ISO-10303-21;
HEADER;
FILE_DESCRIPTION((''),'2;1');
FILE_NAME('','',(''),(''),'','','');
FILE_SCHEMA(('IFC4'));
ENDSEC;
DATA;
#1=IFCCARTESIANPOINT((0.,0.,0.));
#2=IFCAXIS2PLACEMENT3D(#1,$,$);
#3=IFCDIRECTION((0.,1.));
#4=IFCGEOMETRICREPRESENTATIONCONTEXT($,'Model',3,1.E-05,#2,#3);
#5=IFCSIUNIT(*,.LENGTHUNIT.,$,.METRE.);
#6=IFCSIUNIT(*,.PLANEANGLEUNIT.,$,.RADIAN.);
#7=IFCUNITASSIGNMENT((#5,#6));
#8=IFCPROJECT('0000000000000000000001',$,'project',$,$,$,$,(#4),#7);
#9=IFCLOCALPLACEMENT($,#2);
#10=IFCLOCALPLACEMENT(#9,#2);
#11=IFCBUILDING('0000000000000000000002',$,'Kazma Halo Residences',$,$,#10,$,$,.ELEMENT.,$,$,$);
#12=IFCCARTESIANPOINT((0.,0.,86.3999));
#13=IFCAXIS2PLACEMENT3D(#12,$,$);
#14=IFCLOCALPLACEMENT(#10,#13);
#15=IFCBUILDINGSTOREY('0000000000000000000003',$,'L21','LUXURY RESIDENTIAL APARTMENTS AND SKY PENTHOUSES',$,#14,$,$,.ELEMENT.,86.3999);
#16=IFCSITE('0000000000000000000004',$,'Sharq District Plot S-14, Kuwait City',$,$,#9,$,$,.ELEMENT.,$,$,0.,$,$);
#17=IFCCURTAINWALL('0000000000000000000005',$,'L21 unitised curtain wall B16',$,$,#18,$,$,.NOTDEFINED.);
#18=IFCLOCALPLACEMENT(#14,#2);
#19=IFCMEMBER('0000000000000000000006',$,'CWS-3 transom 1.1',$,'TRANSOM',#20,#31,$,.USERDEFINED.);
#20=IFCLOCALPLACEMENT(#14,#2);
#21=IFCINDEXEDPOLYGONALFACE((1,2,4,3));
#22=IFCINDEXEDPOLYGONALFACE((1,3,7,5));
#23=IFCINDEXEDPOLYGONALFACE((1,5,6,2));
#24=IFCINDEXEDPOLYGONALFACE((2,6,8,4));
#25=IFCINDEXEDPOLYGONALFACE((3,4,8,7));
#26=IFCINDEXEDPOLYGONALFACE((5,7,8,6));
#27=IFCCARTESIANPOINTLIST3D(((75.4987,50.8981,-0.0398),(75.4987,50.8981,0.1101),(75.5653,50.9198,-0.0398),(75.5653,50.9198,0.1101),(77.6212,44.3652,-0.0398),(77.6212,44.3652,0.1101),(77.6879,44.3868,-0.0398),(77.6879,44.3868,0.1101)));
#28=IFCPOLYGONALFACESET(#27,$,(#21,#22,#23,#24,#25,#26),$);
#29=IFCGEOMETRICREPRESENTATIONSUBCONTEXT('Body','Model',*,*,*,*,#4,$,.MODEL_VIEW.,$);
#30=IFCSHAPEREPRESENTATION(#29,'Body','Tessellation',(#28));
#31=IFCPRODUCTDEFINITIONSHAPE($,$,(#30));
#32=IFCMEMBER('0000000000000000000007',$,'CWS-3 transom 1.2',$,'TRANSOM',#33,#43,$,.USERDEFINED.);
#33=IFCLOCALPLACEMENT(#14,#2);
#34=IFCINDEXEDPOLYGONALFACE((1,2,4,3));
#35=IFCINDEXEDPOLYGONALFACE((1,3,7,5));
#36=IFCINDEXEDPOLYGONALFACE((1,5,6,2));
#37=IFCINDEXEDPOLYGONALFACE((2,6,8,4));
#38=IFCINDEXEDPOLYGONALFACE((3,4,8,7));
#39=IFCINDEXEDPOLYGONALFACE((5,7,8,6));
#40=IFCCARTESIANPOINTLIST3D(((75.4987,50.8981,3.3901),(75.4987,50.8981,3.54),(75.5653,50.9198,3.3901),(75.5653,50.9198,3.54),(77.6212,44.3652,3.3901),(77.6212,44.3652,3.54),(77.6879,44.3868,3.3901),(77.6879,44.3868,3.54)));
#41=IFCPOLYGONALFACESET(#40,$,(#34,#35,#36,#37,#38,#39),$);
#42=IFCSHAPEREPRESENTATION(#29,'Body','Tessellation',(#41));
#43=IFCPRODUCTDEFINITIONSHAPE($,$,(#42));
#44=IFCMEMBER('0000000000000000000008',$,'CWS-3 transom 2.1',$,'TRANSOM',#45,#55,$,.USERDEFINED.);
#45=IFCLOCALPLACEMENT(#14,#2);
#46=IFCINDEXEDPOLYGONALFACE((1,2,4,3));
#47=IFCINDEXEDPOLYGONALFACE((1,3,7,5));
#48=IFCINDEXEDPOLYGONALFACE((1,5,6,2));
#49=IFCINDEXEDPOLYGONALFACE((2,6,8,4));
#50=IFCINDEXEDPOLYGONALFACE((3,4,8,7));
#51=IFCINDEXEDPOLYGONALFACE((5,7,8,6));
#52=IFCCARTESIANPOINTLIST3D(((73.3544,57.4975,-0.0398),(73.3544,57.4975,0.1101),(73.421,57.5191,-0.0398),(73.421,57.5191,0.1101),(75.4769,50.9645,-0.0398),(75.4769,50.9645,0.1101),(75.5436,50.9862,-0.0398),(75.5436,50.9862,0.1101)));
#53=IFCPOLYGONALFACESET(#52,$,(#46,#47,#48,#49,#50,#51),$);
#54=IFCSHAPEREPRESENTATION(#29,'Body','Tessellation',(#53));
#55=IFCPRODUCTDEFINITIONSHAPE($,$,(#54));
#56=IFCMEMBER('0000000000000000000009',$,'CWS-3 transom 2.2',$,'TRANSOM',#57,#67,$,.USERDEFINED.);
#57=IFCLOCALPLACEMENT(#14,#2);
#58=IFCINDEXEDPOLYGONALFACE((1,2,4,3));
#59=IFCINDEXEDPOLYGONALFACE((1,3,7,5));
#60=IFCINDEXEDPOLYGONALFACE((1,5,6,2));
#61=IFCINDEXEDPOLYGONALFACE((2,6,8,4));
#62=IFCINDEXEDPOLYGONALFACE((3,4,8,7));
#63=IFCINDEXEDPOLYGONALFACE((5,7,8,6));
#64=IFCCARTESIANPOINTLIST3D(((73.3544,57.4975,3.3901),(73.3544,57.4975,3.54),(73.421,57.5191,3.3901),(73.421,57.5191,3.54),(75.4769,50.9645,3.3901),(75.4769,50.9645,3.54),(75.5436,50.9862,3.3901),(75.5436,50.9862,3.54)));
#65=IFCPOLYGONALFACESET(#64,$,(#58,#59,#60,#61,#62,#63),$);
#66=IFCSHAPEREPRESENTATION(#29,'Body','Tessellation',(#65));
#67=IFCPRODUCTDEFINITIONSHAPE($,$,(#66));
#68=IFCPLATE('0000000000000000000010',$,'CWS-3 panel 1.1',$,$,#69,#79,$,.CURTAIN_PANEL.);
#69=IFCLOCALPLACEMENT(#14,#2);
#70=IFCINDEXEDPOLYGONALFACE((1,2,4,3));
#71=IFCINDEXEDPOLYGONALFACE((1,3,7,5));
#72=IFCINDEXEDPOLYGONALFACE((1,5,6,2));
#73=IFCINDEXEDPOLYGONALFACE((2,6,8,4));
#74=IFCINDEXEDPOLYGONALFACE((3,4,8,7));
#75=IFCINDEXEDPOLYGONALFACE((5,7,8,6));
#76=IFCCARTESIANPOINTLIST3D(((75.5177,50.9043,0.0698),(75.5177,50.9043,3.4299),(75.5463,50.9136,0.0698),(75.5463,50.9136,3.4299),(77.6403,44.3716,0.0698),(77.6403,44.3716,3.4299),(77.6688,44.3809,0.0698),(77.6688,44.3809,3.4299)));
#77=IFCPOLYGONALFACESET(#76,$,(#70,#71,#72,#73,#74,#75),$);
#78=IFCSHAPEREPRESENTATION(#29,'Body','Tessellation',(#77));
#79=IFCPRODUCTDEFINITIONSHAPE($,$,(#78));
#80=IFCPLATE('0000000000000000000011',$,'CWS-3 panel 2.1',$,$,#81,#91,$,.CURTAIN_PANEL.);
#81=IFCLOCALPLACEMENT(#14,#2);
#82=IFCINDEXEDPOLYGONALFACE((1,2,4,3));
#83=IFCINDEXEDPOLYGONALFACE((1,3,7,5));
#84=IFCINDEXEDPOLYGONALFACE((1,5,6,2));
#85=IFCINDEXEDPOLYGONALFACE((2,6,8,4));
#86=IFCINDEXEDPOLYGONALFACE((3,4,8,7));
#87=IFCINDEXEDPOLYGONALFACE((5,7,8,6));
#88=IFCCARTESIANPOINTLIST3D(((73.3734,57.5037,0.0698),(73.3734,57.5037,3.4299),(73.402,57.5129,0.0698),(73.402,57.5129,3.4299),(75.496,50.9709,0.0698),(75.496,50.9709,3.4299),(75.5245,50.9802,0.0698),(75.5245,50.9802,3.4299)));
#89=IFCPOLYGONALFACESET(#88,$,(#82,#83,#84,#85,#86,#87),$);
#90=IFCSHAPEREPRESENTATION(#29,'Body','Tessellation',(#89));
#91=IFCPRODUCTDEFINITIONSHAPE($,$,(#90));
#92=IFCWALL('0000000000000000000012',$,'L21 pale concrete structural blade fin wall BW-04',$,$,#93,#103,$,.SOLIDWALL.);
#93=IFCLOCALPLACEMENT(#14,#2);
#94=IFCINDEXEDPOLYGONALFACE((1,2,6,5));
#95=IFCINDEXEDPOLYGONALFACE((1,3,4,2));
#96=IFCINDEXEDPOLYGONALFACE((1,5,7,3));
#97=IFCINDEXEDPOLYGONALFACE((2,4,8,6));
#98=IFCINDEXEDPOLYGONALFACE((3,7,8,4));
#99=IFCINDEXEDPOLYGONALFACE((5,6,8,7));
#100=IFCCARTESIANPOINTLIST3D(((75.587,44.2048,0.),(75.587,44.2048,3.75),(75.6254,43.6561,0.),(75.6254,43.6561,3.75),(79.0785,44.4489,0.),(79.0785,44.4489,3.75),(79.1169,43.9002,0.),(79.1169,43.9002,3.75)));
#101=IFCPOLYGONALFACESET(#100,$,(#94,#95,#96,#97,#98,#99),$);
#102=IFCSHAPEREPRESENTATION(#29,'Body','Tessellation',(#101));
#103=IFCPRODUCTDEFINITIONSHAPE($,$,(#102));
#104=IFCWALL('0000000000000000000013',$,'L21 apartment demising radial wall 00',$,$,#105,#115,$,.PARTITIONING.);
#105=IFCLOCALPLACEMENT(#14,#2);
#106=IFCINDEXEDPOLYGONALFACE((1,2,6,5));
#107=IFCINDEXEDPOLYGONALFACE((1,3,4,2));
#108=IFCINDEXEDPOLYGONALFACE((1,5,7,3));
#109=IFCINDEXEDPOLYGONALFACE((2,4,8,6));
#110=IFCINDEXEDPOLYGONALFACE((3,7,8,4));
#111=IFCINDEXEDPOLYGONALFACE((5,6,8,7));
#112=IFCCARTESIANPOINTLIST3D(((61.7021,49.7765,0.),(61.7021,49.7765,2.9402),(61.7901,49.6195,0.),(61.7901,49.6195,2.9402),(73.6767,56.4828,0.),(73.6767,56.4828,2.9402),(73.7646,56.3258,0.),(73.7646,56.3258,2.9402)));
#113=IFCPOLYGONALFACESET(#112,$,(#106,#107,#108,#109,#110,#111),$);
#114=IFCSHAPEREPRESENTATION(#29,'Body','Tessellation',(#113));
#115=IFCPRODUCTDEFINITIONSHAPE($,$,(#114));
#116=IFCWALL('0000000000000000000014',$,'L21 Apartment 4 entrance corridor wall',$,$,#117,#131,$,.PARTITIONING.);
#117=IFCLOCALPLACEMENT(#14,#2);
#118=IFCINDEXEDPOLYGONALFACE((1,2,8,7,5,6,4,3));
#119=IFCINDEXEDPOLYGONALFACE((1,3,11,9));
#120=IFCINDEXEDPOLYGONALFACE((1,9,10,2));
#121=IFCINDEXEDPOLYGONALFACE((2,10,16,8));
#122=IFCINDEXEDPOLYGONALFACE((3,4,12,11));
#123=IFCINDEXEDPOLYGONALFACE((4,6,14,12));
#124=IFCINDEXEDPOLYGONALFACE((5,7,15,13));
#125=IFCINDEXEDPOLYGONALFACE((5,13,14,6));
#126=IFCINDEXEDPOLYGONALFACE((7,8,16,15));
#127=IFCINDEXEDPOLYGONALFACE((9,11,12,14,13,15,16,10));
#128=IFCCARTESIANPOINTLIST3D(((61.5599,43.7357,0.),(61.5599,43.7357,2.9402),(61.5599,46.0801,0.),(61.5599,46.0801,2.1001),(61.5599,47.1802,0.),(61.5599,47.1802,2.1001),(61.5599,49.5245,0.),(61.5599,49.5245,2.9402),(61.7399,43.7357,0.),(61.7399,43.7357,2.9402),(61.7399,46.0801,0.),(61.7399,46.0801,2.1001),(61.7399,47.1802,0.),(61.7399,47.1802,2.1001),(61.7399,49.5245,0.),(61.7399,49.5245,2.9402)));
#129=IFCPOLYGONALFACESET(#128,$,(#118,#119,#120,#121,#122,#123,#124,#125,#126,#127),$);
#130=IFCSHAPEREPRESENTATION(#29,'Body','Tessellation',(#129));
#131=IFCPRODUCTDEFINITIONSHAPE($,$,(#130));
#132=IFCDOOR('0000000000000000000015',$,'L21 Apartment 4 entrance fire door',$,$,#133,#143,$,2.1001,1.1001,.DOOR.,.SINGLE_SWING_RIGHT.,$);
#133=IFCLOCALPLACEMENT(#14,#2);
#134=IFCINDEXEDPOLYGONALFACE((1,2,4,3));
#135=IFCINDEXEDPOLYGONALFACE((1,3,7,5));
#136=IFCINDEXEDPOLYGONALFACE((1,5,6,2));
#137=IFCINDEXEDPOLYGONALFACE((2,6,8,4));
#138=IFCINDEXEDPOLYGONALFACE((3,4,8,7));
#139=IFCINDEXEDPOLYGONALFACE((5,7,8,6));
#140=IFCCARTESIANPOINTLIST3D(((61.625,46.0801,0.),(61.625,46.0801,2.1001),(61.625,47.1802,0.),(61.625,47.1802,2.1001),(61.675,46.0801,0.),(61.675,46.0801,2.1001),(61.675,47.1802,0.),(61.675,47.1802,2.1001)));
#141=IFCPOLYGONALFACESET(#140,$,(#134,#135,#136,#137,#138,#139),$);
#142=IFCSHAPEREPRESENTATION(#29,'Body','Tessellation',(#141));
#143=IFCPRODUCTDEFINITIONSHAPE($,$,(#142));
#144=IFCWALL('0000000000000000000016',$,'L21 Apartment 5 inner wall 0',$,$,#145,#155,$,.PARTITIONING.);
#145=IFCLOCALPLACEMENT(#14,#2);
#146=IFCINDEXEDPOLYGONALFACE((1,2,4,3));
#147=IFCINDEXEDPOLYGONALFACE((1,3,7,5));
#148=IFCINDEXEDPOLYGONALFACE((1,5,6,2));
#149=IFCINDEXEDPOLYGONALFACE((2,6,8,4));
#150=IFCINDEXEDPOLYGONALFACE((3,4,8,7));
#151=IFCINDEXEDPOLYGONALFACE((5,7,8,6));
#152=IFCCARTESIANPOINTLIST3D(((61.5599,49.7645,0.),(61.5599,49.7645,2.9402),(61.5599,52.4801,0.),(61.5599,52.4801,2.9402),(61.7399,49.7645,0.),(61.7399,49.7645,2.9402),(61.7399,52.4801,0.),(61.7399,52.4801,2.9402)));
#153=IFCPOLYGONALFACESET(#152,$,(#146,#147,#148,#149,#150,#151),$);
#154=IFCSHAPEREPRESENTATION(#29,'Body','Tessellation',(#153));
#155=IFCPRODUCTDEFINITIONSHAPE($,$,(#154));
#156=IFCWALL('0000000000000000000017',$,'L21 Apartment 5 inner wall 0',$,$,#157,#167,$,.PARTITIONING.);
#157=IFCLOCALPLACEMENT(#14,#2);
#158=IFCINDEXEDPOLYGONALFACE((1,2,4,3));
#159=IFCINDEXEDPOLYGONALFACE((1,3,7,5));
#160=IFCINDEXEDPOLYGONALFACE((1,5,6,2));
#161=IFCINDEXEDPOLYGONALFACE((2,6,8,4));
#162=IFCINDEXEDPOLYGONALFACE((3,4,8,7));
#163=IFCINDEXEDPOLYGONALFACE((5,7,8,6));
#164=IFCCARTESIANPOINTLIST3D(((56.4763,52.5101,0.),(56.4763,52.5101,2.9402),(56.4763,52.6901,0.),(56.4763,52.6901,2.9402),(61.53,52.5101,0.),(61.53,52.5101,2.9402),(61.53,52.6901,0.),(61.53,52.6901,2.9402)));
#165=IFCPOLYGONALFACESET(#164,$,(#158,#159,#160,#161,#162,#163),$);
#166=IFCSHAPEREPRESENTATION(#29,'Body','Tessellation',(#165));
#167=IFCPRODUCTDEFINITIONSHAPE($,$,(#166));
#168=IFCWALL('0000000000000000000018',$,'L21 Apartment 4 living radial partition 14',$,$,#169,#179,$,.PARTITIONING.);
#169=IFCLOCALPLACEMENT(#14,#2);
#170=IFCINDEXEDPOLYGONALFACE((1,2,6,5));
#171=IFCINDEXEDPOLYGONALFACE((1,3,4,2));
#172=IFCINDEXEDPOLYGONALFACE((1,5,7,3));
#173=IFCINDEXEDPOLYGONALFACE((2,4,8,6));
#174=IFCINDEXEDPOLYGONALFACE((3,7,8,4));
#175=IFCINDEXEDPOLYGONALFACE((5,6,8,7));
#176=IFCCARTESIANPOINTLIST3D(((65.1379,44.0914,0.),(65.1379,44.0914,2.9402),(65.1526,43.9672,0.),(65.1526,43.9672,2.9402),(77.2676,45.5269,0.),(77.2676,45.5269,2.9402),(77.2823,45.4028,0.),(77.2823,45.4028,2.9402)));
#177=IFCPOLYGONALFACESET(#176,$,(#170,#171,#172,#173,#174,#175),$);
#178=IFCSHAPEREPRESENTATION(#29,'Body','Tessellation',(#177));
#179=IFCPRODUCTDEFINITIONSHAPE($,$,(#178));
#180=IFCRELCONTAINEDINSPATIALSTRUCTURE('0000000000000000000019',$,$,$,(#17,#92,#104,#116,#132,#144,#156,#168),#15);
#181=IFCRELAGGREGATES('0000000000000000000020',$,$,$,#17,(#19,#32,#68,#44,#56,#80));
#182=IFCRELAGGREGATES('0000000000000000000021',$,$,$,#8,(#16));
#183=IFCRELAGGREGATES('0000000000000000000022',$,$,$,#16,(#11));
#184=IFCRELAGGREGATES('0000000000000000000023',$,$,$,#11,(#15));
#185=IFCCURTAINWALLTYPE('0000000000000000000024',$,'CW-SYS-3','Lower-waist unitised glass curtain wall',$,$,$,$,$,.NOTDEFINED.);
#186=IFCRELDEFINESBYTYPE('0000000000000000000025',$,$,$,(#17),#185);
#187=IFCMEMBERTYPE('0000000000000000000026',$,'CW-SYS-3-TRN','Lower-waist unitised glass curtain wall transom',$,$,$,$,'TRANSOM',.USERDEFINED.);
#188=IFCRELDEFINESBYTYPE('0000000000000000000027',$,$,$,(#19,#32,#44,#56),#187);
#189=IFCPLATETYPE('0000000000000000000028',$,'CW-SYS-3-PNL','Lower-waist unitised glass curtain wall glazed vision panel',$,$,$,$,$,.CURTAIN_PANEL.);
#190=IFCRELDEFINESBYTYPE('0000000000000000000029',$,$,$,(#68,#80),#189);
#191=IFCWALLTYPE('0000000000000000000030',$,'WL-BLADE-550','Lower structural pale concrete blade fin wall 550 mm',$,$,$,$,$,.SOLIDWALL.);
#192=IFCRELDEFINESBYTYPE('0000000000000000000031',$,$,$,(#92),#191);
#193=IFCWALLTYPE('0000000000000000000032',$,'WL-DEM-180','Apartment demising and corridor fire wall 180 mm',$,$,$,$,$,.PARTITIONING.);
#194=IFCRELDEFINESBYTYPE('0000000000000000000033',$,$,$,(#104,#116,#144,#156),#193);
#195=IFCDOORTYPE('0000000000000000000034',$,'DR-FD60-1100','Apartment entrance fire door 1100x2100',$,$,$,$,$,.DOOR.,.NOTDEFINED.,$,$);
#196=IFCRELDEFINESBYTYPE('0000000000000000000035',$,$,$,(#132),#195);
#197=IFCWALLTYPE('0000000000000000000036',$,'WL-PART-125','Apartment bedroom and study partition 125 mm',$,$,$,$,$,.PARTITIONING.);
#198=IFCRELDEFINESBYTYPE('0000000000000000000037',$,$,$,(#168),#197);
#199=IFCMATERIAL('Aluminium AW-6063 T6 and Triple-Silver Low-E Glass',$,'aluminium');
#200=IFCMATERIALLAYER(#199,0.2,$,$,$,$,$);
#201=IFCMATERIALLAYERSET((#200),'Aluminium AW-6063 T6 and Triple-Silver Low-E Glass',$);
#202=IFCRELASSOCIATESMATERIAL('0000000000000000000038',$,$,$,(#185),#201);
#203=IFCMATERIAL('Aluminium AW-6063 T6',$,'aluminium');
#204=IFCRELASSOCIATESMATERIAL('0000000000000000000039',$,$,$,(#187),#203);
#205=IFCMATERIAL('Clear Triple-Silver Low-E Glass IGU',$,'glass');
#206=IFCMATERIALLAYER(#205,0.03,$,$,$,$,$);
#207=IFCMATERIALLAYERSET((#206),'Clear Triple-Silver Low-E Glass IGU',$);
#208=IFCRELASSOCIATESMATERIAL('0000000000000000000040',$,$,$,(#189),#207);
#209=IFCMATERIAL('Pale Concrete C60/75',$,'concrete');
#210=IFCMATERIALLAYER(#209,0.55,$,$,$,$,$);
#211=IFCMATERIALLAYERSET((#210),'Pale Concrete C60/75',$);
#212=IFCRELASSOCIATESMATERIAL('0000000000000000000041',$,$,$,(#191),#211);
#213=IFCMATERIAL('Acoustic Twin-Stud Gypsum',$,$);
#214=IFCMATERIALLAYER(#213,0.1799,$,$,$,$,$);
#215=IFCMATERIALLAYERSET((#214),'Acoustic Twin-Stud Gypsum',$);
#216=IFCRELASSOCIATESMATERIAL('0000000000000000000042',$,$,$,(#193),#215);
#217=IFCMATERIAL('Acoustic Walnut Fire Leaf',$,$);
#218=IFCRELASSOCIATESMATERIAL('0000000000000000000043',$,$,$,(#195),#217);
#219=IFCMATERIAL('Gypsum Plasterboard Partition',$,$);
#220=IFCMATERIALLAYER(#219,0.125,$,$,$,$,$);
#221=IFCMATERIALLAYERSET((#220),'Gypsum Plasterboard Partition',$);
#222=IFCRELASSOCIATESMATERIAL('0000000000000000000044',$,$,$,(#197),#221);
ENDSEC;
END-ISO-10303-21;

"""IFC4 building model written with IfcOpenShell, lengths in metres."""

from ifc_helpers import new_model, si_unit, direction, frame, frame_2d, origin, origin_2d, place, context, subcontext, project, spatial, rectangle, extrude, material, layer, layer_set, material_profile, profile_set, type_object, element, fill, aggregate, save


model = new_model("IFC4")

# Units and contexts
model_context = context("Model", 3, precision=1e-05, world=origin(), true_north=direction((0.0, 1.0)))
body_context = subcontext(model_context, "Body", "Model", "MODEL_VIEW")
ifc_project = project(units=[si_unit("LENGTHUNIT", "METRE"), si_unit("PLANEANGLEUNIT", "RADIAN")], contexts=[model_context])

# Site, building, storey
site_placement = place(None, origin())
site = spatial("IfcSite", under=ifc_project, at=site_placement, Name="Sharq District Plot S-14, Kuwait City", CompositionType="ELEMENT", RefElevation=0.0)
building_placement = place(site_placement, origin())
building = spatial("IfcBuilding", under=site, at=building_placement, Name="Kazma Halo Residences", CompositionType="ELEMENT")
storey_placement = place(building_placement, frame((0.0, 0.0, 86.3999)))
storey = spatial("IfcBuildingStorey", under=building, at=storey_placement, Name="L21", Description="LUXURY RESIDENTIAL APARTMENTS AND SKY PENTHOUSES", CompositionType="ELEMENT", Elevation=86.3999)

# Shared definitions
ifc_material_1 = material(Name="Aluminium AW-6063 T6 and Triple-Silver Low-E Glass", Category="aluminium")
ifc_layer_1 = layer(ifc_material_1, 0.2)
ifc_layer_set_1 = layer_set([ifc_layer_1], Name="Aluminium AW-6063 T6 and Triple-Silver Low-E Glass")
curtain_wall_type = type_object("IfcCurtainWallType", Name="CW-SYS-3", Description="Lower-waist unitised glass curtain wall", PredefinedType="NOTDEFINED", material=ifc_layer_set_1)
ifc_material_2 = material(Name="Aluminium AW-6063 T6", Category="aluminium")

# Curtain wall, members, plates
curtain_wall_1_placement = place(storey_placement, origin())
curtain_wall_1 = element("IfcCurtainWall", 1, at=curtain_wall_1_placement, inside=storey, type_object=curtain_wall_type, Name="L21 unitised curtain wall B16", PredefinedType="NOTDEFINED")
ifc_material_profile_1 = material_profile(ifc_material_2, rectangle(XDim=0.0701, YDim=0.1499, at=origin_2d()), Name="CWT-70x150")
ifc_profile_set_1 = profile_set([ifc_material_profile_1], Name="Aluminium AW-6063 T6")
member_type_1 = type_object("IfcMemberType", Name="CW-SYS-3-TRN", Description="Lower-waist unitised glass curtain wall transom", ElementType="TRANSOM", PredefinedType="USERDEFINED", material=ifc_profile_set_1)
member_1_placement = place(storey_placement, frame((77.6545, 44.376, 0.0352), z_axis=(-0.309, 0.951062, 0.0), x_axis=(-0.951062, -0.309, 0.0)))
member_1 = element("IfcMember", 2, at=member_1_placement, type_object=member_type_1, Name="CWS-3 transom 1.1", ObjectType="TRANSOM", PredefinedType="USERDEFINED", context=body_context, shape_type="SweptSolid", body=[
    extrude(rectangle(XDim=0.0701, YDim=0.1499, at=origin_2d()), origin(), (0.0, 0.0, 1.0), 6.8691),
])
member_2_placement = place(storey_placement, frame((77.6545, 44.376, 3.4651), z_axis=(-0.309, 0.951062, 0.0), x_axis=(-0.951062, -0.309, 0.0)))
member_2 = element("IfcMember", 3, at=member_2_placement, type_object=member_type_1, Name="CWS-3 transom 1.2", ObjectType="TRANSOM", PredefinedType="USERDEFINED", context=body_context, shape_type="SweptSolid", body=[
    extrude(rectangle(XDim=0.0701, YDim=0.1499, at=origin_2d()), origin(), (0.0, 0.0, 1.0), 6.8691),
])
member_3_placement = place(storey_placement, frame((75.5103, 50.9753, 0.0352), z_axis=(-0.309, 0.951062, 0.0), x_axis=(-0.951062, -0.309, 0.0)))
member_3 = element("IfcMember", 4, at=member_3_placement, type_object=member_type_1, Name="CWS-3 transom 2.1", ObjectType="TRANSOM", PredefinedType="USERDEFINED", context=body_context, shape_type="SweptSolid", body=[
    extrude(rectangle(XDim=0.0701, YDim=0.1499, at=origin_2d()), origin(), (0.0, 0.0, 1.0), 6.8691),
])
member_4_placement = place(storey_placement, frame((75.5103, 50.9753, 3.4651), z_axis=(-0.309, 0.951062, 0.0), x_axis=(-0.951062, -0.309, 0.0)))
member_4 = element("IfcMember", 5, at=member_4_placement, type_object=member_type_1, Name="CWS-3 transom 2.2", ObjectType="TRANSOM", PredefinedType="USERDEFINED", context=body_context, shape_type="SweptSolid", body=[
    extrude(rectangle(XDim=0.0701, YDim=0.1499, at=origin_2d()), origin(), (0.0, 0.0, 1.0), 6.8691),
])
ifc_material_3 = material(Name="Clear Triple-Silver Low-E Glass IGU", Category="glass")
ifc_layer_2 = layer(ifc_material_3, 0.03)
ifc_layer_set_2 = layer_set([ifc_layer_2], Name="Clear Triple-Silver Low-E Glass IGU")
plate_type = type_object("IfcPlateType", Name="CW-SYS-3-PNL", Description="Lower-waist unitised glass curtain wall glazed vision panel", PredefinedType="CURTAIN_PANEL", material=ifc_layer_set_2)
plate_1_placement = place(storey_placement, frame((76.5933, 47.6426, 0.0698), z_axis=(0.0, 0.0, 1.0), x_axis=(-0.309013, 0.951058, 0.0)))
plate_1 = element("IfcPlate", 6, at=plate_1_placement, type_object=plate_type, Name="CWS-3 panel 1.1", PredefinedType="CURTAIN_PANEL", context=body_context, shape_type="SweptSolid", body=[
    extrude(rectangle(XDim=6.8689, YDim=0.03, at=origin_2d()), origin(), (0.0, 0.0, 1.0), 3.3601),
])
plate_2_placement = place(storey_placement, frame((74.449, 54.2419, 0.0698), z_axis=(0.0, 0.0, 1.0), x_axis=(-0.309013, 0.951058, 0.0)))
plate_2 = element("IfcPlate", 7, at=plate_2_placement, type_object=plate_type, Name="CWS-3 panel 2.1", PredefinedType="CURTAIN_PANEL", context=body_context, shape_type="SweptSolid", body=[
    extrude(rectangle(XDim=6.8689, YDim=0.03, at=origin_2d()), origin(), (0.0, 0.0, 1.0), 3.3601),
])
aggregate(curtain_wall_1, [member_1, member_2, plate_1, member_3, member_4, plate_2])

# Walls
ifc_material_4 = material(Name="Pale Concrete C60/75", Category="concrete")
ifc_layer_3 = layer(ifc_material_4, 0.55)
ifc_layer_set_3 = layer_set([ifc_layer_3], Name="Pale Concrete C60/75")
wall_type_1 = type_object("IfcWallType", Name="WL-BLADE-550", Description="Lower structural pale concrete blade fin wall 550 mm", PredefinedType="SOLIDWALL", material=ifc_layer_set_3)
wall_1_placement = place(storey_placement, frame((75.6062, 43.9304, 0.0), z_axis=(0.0, 0.0, 1.0), x_axis=(0.997564, 0.069755, 0.0)))
element("IfcWall", 8, at=wall_1_placement, inside=storey, type_object=wall_type_1, Name="L21 pale concrete structural blade fin wall BW-04", PredefinedType="SOLIDWALL", context=body_context, shape_type="SweptSolid", body=[
    extrude(rectangle(XDim=3.5, YDim=0.55, at=frame_2d((1.75, 0.0))), origin(), (0.0, 0.0, 1.0), 3.75),
])
ifc_material_5 = material(Name="Acoustic Twin-Stud Gypsum")
ifc_layer_4 = layer(ifc_material_5, 0.1799)
ifc_layer_set_4 = layer_set([ifc_layer_4], Name="Acoustic Twin-Stud Gypsum")
wall_type_2 = type_object("IfcWallType", Name="WL-DEM-180", Description="Apartment demising and corridor fire wall 180 mm", PredefinedType="PARTITIONING", material=ifc_layer_set_4)
wall_2_placement = place(storey_placement, frame((61.7461, 49.698, 0.0), z_axis=(0.0, 0.0, 1.0), x_axis=(0.87249, 0.488632, 0.0)))
element("IfcWall", 9, at=wall_2_placement, inside=storey, type_object=wall_type_2, Name="L21 apartment demising radial wall 00", PredefinedType="PARTITIONING", context=body_context, shape_type="SweptSolid", body=[
    extrude(rectangle(XDim=13.7246, YDim=0.1799, at=frame_2d((6.8623, 0.0))), origin(), (0.0, 0.0, 1.0), 2.9402),
])

# Wall, opening, door
wall_3_placement = place(storey_placement, frame((61.6499, 43.7356, 0.0), z_axis=(0.0, 0.0, 1.0), x_axis=(0.0, 1.0, 0.0)))
wall_3 = element("IfcWall", 10, at=wall_3_placement, inside=storey, type_object=wall_type_2, Name="L21 Apartment 4 entrance corridor wall", PredefinedType="PARTITIONING", context=body_context, shape_type="SweptSolid", body=[
    extrude(rectangle(XDim=5.7888, YDim=0.1799, at=frame_2d((2.8945, 0.0))), origin(), (0.0, 0.0, 1.0), 2.9402),
])
opening_1_placement = place(wall_3_placement, frame((2.3445, 0.0, 0.0)))
opening_1 = element("IfcOpeningElement", 11, at=opening_1_placement, cuts=wall_3, PredefinedType="OPENING", context=body_context, shape_type="SweptSolid", body=[
    extrude(rectangle(XDim=1.1001, YDim=2.1001, at=frame_2d((0.55, 1.05))), frame((0.0, 0.0999, 0.0), z_axis=(0.0, -1.0, 0.0), x_axis=(1.0, 0.0, 0.0)), (0.0, 0.0, 1.0), 0.2),
])
ifc_material_6 = material(Name="Acoustic Walnut Fire Leaf")
door_type_1 = type_object("IfcDoorType", Name="DR-FD60-1100", Description="Apartment entrance fire door 1100x2100", OperationType="NOTDEFINED", PredefinedType="DOOR", material=ifc_material_6)
door_1_placement = place(opening_1_placement, origin())
door_1 = element("IfcDoor", 12, at=door_1_placement, inside=storey, type_object=door_type_1, Name="L21 Apartment 4 entrance fire door", OperationType="SINGLE_SWING_RIGHT", OverallHeight=2.1001, OverallWidth=1.1001, PredefinedType="DOOR", context=body_context, shape_type="SweptSolid", body=[
    extrude(rectangle(XDim=1.1001, YDim=2.1001, at=frame_2d((0.55, 1.05))), frame((0.0, 0.0249, 0.0), z_axis=(0.0, -1.0, 0.0), x_axis=(1.0, 0.0, 0.0)), (0.0, 0.0, 1.0), 0.05),
])
fill(opening_1, door_1)

# Walls
wall_4_placement = place(storey_placement, frame((61.6499, 49.7644, 0.0), z_axis=(0.0, 0.0, 1.0), x_axis=(0.0, 1.0, 0.0)))
element("IfcWall", 13, at=wall_4_placement, inside=storey, type_object=wall_type_2, Name="L21 Apartment 5 inner wall 0", PredefinedType="PARTITIONING", context=body_context, shape_type="SweptSolid", body=[
    extrude(rectangle(XDim=2.7156, YDim=0.1799, at=frame_2d((1.3579, 0.0))), origin(), (0.0, 0.0, 1.0), 2.9402),
])
wall_5_placement = place(storey_placement, frame((61.53, 52.6001, 0.0), z_axis=(0.0, 0.0, 1.0), x_axis=(-1.0, 0.0, 0.0)))
element("IfcWall", 14, at=wall_5_placement, inside=storey, type_object=wall_type_2, Name="L21 Apartment 5 inner wall 0", PredefinedType="PARTITIONING", context=body_context, shape_type="SweptSolid", body=[
    extrude(rectangle(XDim=5.0537, YDim=0.1799, at=frame_2d((2.5269, 0.0))), origin(), (0.0, 0.0, 1.0), 2.9402),
])
ifc_material_7 = material(Name="Gypsum Plasterboard Partition")
ifc_layer_5 = layer(ifc_material_7, 0.125)
ifc_layer_set_5 = layer_set([ifc_layer_5], Name="Gypsum Plasterboard Partition")
wall_type_3 = type_object("IfcWallType", Name="WL-PART-125", Description="Apartment bedroom and study partition 125 mm", PredefinedType="PARTITIONING", material=ifc_layer_set_5)
wall_6_placement = place(storey_placement, frame((65.1453, 44.0293, 0.0), z_axis=(0.0, 0.0, 1.0), x_axis=(0.993069, 0.11753, 0.0)))
element("IfcWall", 15, at=wall_6_placement, inside=storey, type_object=wall_type_3, Name="L21 Apartment 4 living radial partition 14", PredefinedType="PARTITIONING", context=body_context, shape_type="SweptSolid", body=[
    extrude(rectangle(XDim=12.2144, YDim=0.125, at=frame_2d((6.1072, 0.0))), origin(), (0.0, 0.0, 1.0), 2.9402),
])

save(model, "model.ifc")
